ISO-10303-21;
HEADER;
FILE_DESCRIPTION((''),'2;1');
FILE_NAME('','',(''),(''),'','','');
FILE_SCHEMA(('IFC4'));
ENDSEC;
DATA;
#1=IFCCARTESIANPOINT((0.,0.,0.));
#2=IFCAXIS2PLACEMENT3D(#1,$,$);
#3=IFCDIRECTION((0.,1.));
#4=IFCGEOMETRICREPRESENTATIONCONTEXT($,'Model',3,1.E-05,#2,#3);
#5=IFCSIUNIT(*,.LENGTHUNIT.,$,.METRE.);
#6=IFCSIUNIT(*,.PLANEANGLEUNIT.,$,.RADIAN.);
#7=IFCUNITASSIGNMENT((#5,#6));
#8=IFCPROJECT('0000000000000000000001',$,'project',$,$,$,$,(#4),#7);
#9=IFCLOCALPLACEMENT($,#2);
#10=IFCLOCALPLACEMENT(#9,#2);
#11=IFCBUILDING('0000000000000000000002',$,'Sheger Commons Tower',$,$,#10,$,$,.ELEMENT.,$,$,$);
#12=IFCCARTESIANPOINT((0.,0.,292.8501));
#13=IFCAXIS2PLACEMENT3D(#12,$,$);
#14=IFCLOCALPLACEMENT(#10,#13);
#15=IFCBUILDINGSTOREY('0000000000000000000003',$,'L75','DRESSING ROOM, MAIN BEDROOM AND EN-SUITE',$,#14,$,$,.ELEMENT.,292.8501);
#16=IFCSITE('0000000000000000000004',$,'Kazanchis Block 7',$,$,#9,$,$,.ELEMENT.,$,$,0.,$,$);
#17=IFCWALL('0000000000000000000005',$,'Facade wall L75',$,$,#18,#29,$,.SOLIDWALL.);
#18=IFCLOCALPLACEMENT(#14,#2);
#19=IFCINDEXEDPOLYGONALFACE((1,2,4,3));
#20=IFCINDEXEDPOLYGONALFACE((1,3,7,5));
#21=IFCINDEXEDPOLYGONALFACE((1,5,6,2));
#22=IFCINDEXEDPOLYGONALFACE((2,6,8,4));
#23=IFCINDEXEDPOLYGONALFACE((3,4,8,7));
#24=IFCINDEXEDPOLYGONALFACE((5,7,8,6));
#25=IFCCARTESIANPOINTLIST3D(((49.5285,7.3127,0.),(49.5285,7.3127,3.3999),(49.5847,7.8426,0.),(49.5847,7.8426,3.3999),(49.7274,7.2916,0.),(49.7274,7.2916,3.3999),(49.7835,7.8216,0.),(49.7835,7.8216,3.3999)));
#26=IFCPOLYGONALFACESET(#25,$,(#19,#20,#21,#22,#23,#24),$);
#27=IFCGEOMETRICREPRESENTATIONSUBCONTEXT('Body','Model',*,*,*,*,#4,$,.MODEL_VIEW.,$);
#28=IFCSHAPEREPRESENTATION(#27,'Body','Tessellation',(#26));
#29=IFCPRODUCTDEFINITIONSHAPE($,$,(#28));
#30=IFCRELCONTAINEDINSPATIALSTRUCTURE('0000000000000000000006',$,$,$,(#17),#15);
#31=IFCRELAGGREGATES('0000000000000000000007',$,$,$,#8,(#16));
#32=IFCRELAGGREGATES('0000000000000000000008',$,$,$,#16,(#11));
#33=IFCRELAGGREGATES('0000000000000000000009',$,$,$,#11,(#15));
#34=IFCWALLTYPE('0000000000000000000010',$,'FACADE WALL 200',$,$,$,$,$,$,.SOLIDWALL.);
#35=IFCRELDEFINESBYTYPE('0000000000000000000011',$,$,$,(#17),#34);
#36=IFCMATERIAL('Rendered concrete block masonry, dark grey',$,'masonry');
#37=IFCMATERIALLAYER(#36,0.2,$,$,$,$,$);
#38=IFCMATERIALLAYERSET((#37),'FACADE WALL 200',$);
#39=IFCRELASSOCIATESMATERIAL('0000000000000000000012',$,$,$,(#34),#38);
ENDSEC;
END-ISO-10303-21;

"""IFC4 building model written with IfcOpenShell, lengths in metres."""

from ifc_helpers import new_model, si_unit, direction, frame, frame_2d, origin, place, context, subcontext, project, spatial, rectangle, extrude, material, layer, layer_set, type_object, element, save


model = new_model("IFC4")

# Units and contexts
model_context = context("Model", 3, precision=1e-05, world=origin(), true_north=direction((0.0, 1.0)))
body_context = subcontext(model_context, "Body", "Model", "MODEL_VIEW")
ifc_project = project(units=[si_unit("LENGTHUNIT", "METRE"), si_unit("PLANEANGLEUNIT", "RADIAN")], contexts=[model_context])

# Site, building, storey
site_placement = place(None, origin())
site = spatial("IfcSite", under=ifc_project, at=site_placement, Name="Kazanchis Block 7", CompositionType="ELEMENT", RefElevation=0.0)
building_placement = place(site_placement, origin())
building = spatial("IfcBuilding", under=site, at=building_placement, Name="Sheger Commons Tower", CompositionType="ELEMENT")
storey_placement = place(building_placement, frame((0.0, 0.0, 292.8501)))
storey = spatial("IfcBuildingStorey", under=building, at=storey_placement, Name="L75", Description="DRESSING ROOM, MAIN BEDROOM AND EN-SUITE", CompositionType="ELEMENT", Elevation=292.8501)

# Wall
ifc_material_1 = material(Name="Rendered concrete block masonry, dark grey", Category="masonry")
ifc_layer_1 = layer(ifc_material_1, 0.2)
ifc_layer_set_1 = layer_set([ifc_layer_1], Name="FACADE WALL 200")
wall_type_1 = type_object("IfcWallType", Name="FACADE WALL 200", PredefinedType="SOLIDWALL", material=ifc_layer_set_1)
wall_1_placement = place(storey_placement, frame((49.6279, 7.302, 0.0), z_axis=(0.0, 0.0, 1.0), x_axis=(0.105352, 0.994435, 0.0)))
element("IfcWall", 1, at=wall_1_placement, inside=storey, type_object=wall_type_1, Name="Facade wall L75", PredefinedType="SOLIDWALL", context=body_context, shape_type="SweptSolid", body=[
    extrude(rectangle(XDim=0.533, YDim=0.2, at=frame_2d((0.2666, 0.0))), origin(), (0.0, 0.0, 1.0), 3.3999),
])

save(model, "model.ifc")
